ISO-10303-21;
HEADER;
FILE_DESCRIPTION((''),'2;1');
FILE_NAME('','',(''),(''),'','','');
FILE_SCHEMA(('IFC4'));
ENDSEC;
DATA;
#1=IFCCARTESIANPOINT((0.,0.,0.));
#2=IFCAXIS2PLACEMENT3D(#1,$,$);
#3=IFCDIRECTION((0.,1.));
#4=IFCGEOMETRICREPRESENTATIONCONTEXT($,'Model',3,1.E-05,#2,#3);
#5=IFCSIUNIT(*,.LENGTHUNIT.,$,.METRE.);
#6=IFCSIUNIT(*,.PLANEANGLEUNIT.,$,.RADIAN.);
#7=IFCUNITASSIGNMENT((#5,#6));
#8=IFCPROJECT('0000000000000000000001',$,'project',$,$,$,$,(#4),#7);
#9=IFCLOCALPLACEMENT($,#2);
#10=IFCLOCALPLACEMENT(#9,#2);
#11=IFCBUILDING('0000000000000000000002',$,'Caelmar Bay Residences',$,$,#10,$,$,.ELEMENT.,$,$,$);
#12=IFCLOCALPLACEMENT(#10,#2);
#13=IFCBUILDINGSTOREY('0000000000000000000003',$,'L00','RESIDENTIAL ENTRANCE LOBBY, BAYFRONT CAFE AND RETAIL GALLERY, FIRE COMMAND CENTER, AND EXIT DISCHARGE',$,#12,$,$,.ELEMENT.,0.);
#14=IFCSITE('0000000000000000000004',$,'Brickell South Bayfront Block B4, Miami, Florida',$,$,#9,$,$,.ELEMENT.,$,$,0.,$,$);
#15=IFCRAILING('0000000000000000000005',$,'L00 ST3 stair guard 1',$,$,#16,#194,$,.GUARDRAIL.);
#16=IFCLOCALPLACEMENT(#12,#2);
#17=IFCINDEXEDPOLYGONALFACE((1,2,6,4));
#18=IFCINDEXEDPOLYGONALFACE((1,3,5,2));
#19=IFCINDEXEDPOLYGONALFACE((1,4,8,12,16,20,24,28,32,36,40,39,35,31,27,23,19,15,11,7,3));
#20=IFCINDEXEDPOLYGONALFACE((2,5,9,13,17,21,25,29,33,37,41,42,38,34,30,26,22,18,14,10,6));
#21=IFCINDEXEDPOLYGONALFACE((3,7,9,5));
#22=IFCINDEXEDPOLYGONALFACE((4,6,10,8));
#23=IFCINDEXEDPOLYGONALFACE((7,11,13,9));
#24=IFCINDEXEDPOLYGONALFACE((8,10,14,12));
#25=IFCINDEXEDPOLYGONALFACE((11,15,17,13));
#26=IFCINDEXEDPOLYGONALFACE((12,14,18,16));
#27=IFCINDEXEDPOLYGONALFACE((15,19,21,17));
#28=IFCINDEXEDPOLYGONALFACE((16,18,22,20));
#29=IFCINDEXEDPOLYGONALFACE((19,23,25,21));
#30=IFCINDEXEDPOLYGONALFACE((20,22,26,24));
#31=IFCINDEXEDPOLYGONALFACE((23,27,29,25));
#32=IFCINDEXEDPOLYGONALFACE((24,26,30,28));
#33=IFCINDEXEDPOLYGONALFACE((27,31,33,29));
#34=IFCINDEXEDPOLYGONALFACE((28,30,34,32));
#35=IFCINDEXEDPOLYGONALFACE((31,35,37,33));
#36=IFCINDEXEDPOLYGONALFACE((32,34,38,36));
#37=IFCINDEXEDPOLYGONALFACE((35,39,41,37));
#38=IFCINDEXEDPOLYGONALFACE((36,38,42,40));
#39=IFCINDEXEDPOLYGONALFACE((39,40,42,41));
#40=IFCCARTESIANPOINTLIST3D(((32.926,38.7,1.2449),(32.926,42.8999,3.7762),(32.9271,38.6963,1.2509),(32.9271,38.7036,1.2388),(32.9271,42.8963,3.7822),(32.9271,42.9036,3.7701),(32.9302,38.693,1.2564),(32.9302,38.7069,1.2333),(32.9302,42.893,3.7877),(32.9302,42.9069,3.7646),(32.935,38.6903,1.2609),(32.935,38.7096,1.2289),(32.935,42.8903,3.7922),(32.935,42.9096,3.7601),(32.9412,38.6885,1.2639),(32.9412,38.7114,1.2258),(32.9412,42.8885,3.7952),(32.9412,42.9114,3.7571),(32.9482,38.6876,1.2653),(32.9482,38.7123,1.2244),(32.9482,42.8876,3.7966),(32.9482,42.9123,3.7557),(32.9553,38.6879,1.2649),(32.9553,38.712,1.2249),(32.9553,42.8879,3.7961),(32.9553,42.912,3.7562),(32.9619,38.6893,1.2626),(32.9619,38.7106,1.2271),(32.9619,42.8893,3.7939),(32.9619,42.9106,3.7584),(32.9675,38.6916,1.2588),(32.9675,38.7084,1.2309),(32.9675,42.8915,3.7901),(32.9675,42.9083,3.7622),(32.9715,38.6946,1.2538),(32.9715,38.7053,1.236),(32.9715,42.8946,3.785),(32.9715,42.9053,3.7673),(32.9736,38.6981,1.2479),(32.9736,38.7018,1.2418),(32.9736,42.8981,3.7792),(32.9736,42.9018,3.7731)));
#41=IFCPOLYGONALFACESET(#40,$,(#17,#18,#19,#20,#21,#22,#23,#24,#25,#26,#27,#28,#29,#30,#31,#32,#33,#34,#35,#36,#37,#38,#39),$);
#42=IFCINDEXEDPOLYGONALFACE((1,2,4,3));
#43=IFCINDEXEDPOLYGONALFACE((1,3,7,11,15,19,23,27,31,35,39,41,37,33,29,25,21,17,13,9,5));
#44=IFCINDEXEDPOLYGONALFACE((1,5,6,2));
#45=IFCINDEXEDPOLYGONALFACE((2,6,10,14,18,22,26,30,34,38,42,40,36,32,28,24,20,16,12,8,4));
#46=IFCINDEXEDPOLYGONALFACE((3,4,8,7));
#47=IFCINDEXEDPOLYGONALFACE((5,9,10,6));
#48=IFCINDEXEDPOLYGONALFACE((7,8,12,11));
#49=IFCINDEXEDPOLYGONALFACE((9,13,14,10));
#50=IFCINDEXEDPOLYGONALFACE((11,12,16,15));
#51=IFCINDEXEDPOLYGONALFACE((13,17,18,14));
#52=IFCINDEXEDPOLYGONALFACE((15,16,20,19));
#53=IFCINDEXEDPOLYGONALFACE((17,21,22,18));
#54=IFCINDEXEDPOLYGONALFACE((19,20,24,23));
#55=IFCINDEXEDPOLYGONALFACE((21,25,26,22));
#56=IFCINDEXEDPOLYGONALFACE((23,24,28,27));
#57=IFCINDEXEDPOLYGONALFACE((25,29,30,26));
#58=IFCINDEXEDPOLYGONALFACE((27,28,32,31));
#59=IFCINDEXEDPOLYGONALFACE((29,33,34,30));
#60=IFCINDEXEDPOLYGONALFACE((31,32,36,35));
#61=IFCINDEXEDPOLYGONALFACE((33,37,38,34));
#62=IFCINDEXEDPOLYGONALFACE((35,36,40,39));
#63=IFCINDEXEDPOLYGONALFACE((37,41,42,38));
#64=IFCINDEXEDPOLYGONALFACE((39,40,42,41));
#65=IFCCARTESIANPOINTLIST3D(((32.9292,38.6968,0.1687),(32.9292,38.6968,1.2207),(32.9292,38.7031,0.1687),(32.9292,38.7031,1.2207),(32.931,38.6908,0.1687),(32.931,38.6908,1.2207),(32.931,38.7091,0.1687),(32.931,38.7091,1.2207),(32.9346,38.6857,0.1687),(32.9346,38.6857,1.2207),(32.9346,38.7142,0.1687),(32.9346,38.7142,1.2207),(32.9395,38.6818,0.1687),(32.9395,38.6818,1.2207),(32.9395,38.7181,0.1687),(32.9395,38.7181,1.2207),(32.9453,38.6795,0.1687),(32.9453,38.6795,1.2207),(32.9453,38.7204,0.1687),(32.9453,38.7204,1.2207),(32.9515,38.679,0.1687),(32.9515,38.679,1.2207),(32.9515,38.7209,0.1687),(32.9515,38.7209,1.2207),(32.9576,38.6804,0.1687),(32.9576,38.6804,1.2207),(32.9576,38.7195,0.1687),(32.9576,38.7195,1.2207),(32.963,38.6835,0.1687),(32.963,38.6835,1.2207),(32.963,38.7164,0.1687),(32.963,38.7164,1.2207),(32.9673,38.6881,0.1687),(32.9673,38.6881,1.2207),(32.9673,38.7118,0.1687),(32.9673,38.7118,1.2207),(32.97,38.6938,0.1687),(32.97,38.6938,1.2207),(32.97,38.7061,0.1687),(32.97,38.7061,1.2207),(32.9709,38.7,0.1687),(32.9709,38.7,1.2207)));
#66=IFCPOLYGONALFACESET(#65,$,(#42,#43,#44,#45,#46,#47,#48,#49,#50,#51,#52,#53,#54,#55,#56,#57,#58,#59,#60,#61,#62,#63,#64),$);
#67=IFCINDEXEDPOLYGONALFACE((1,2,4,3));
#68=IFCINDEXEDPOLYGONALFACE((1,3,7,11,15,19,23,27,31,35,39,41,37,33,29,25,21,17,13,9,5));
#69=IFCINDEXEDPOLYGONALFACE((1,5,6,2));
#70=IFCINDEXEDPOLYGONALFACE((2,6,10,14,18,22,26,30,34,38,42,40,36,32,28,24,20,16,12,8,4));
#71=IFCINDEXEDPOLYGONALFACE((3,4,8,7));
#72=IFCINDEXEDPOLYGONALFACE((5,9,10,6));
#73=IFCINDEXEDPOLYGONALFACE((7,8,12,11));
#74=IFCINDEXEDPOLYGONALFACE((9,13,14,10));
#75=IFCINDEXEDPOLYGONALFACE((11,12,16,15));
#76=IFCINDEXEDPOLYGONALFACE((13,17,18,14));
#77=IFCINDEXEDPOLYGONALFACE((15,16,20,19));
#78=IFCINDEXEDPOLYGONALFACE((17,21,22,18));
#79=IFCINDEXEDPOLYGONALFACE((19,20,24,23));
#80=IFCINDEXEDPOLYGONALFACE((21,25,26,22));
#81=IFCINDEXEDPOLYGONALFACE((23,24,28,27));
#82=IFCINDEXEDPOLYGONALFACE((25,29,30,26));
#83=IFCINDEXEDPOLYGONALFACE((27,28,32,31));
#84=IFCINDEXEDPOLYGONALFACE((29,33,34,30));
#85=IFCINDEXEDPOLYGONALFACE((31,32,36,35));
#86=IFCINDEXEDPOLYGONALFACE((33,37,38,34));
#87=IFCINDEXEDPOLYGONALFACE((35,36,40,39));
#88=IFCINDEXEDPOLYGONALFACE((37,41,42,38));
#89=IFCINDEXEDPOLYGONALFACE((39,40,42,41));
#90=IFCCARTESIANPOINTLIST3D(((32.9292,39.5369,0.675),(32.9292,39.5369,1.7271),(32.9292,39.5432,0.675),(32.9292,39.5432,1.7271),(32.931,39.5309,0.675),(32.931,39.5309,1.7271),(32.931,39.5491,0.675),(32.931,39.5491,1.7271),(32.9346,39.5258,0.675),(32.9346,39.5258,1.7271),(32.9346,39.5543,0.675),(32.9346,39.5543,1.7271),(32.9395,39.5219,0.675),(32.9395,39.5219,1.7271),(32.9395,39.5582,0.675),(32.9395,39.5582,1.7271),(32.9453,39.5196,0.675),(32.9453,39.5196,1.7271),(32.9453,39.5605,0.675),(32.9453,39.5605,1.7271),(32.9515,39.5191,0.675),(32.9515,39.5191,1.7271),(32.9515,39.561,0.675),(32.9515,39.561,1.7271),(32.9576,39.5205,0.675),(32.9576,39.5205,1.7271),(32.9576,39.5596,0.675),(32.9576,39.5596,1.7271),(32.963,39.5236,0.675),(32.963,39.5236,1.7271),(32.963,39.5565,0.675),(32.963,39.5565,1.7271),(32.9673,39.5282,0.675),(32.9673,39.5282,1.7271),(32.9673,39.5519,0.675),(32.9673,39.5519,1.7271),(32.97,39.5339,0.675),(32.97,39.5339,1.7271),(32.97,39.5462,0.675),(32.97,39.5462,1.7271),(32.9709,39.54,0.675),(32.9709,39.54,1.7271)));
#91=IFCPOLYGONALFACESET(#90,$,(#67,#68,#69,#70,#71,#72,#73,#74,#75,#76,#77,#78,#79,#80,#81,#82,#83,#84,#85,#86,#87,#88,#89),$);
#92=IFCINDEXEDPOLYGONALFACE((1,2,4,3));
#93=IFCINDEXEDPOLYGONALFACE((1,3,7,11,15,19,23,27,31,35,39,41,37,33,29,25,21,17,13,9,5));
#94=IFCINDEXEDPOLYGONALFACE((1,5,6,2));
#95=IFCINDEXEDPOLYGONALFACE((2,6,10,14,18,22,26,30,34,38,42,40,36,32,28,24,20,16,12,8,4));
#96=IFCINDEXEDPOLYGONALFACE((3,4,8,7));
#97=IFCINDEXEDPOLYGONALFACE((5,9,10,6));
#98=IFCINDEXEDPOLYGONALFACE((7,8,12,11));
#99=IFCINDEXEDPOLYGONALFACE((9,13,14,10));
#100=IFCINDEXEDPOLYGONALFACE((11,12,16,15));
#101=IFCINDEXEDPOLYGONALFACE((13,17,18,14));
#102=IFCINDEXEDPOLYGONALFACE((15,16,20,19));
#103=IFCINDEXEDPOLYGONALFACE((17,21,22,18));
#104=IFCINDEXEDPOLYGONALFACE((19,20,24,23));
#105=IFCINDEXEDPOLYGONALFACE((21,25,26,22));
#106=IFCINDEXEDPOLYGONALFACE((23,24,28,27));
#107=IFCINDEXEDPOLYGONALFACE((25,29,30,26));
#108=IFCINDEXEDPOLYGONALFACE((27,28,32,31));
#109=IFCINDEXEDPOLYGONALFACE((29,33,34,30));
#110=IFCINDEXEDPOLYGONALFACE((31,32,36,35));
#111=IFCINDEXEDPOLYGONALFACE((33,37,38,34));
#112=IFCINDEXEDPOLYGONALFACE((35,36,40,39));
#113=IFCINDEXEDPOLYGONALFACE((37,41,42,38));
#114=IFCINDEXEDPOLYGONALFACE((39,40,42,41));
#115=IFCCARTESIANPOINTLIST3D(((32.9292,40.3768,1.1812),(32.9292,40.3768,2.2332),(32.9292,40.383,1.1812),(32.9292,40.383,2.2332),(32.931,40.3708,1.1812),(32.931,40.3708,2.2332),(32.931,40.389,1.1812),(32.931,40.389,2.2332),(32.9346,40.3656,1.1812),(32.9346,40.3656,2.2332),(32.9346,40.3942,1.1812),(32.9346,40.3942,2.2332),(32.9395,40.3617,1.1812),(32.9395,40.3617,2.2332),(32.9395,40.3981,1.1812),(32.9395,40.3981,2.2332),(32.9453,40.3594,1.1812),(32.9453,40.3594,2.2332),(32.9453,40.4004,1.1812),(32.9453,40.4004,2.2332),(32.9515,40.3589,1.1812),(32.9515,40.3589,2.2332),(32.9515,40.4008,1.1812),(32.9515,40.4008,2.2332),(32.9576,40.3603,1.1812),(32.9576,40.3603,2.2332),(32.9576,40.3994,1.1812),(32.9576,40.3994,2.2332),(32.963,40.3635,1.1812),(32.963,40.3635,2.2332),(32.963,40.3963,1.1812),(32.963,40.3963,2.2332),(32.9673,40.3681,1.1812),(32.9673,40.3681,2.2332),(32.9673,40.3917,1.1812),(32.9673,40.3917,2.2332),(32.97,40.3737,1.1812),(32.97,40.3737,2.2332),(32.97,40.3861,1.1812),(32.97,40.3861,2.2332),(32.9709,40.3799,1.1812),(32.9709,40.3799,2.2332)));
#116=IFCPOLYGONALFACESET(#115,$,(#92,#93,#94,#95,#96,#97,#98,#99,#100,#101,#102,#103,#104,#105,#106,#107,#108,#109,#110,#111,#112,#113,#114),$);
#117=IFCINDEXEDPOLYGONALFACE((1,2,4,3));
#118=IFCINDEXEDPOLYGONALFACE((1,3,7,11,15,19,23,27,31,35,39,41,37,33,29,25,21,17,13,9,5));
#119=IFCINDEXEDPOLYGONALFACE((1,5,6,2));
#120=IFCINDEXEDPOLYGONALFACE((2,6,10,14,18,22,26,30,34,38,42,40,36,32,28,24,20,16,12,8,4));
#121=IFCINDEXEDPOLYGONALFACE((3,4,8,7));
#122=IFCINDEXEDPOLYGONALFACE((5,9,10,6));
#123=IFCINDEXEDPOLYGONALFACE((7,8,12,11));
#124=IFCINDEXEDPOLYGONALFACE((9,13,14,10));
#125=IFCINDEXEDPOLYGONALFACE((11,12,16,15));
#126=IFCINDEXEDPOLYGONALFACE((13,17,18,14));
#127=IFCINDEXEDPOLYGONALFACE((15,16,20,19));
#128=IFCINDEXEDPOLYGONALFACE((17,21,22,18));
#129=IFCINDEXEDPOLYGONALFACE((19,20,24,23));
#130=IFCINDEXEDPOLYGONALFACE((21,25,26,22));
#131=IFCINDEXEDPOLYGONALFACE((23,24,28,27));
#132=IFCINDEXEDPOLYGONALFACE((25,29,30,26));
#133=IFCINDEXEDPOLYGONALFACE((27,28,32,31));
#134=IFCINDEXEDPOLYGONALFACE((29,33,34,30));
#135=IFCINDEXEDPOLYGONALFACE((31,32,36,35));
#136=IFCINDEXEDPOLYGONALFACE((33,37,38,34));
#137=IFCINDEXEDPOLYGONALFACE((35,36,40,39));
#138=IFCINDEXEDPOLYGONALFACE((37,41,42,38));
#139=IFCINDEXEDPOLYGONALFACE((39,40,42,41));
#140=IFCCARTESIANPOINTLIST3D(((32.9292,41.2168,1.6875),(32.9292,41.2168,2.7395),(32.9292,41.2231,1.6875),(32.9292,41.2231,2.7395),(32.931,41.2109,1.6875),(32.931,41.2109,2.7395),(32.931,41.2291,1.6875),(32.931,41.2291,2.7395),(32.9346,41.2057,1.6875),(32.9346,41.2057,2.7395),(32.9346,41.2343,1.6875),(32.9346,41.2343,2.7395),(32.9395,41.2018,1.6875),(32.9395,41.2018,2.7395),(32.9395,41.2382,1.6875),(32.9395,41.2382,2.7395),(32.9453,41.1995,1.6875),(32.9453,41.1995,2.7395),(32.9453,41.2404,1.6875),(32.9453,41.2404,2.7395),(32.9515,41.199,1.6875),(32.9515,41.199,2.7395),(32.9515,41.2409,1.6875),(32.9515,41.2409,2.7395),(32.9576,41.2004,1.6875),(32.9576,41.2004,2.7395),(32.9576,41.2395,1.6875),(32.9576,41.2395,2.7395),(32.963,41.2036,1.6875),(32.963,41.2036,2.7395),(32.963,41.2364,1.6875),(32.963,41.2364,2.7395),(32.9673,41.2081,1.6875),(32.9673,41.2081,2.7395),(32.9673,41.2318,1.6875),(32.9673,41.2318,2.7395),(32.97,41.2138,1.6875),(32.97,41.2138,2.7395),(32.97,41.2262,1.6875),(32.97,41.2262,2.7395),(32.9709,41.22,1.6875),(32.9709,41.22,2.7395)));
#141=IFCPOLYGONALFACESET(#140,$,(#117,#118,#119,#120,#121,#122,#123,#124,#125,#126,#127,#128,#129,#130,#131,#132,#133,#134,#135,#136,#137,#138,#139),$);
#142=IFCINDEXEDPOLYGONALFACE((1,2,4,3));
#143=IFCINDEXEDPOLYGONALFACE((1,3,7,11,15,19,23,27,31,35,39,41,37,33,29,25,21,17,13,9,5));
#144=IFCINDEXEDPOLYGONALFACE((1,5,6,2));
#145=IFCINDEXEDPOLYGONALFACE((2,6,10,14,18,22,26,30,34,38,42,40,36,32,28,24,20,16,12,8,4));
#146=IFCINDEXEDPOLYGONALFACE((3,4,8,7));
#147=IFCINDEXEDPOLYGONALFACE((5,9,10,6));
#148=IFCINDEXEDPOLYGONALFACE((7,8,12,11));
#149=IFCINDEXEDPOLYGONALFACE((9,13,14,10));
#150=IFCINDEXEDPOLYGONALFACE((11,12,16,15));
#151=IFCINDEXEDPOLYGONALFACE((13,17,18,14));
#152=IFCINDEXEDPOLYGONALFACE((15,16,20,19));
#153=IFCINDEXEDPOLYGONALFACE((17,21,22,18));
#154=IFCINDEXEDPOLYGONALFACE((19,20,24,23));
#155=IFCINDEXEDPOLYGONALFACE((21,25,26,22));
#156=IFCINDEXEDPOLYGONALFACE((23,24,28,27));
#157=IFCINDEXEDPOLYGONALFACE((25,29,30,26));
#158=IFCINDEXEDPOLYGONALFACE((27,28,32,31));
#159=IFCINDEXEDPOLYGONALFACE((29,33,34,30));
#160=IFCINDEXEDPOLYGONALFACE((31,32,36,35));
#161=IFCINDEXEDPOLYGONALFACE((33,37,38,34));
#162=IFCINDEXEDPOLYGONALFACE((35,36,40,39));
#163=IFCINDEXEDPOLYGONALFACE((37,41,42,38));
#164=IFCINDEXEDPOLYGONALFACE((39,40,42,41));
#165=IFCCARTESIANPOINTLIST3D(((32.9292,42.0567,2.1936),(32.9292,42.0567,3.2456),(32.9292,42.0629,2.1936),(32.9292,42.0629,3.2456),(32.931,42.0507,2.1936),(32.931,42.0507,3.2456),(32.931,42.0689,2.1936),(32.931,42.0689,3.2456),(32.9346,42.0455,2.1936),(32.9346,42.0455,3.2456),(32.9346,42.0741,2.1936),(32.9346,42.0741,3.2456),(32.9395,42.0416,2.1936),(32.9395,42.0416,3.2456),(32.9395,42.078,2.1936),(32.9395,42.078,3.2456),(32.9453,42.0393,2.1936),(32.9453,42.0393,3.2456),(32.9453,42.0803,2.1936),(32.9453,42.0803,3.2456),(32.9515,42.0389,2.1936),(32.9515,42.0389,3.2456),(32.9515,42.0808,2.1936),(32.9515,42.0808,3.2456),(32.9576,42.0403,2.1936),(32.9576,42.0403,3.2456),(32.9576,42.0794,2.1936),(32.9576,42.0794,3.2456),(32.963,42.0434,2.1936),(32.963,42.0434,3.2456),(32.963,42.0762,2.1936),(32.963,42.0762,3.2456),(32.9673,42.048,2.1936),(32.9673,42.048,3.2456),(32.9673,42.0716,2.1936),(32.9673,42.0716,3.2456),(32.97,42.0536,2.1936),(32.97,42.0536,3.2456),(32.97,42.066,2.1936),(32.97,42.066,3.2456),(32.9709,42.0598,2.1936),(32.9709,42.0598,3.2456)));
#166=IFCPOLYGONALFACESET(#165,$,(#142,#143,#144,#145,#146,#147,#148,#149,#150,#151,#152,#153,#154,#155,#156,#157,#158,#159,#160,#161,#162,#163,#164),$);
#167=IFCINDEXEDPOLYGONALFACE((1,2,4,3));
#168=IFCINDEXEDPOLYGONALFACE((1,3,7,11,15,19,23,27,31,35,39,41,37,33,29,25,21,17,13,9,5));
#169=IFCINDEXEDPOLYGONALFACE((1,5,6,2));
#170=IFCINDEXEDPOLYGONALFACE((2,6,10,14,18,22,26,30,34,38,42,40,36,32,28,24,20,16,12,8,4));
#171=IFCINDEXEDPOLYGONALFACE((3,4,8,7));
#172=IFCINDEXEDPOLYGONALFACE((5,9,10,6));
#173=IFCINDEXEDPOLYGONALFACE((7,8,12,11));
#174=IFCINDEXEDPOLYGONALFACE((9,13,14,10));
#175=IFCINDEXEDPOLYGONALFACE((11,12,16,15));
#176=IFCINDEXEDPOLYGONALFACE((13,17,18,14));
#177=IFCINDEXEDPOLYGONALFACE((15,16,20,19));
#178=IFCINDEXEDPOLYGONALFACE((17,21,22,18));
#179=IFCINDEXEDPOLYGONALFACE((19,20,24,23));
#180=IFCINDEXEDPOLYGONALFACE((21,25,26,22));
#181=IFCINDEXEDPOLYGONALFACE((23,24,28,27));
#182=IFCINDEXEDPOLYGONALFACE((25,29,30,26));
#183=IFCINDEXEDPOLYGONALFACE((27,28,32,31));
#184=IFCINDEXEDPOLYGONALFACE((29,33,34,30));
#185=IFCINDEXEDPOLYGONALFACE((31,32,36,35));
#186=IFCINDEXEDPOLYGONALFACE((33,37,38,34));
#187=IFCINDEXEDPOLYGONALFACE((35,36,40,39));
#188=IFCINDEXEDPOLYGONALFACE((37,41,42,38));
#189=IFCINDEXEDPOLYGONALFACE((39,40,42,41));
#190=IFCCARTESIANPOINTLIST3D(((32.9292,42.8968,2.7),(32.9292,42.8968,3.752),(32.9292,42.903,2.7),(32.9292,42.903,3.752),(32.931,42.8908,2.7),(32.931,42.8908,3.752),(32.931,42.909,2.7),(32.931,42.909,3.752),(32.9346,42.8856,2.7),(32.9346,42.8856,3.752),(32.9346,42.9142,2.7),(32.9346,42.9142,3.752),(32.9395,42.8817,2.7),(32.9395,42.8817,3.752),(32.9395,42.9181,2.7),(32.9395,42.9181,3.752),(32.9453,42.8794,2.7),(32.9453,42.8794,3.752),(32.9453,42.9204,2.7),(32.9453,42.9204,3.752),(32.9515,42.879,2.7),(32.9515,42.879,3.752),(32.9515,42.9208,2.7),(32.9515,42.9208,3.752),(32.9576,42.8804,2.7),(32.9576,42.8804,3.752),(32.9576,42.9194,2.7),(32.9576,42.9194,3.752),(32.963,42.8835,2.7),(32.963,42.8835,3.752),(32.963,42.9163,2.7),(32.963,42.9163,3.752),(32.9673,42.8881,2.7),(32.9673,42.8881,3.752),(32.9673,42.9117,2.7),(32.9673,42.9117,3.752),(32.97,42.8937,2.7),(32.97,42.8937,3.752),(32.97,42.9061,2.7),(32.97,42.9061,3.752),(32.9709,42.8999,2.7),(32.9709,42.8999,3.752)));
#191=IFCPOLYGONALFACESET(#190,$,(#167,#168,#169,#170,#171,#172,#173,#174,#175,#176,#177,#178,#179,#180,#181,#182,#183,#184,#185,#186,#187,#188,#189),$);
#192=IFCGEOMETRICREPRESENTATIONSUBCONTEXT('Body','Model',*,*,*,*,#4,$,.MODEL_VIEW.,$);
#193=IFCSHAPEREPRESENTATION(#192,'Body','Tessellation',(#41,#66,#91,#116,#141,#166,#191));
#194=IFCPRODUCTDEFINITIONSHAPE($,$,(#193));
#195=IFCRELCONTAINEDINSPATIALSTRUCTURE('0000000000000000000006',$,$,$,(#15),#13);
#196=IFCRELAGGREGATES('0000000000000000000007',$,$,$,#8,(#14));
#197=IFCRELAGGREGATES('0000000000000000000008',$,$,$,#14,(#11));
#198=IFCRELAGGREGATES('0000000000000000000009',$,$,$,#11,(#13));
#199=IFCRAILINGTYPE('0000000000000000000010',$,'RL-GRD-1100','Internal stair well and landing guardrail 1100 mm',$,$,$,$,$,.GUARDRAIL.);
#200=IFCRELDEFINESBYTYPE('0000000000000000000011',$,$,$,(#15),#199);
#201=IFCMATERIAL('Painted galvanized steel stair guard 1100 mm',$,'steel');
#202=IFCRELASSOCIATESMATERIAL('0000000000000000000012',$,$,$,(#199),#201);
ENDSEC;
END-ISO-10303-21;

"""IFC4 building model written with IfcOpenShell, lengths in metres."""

from ifc_helpers import new_model, si_unit, direction, frame, origin, origin_2d, place, context, subcontext, project, spatial, circle, extrude, material, type_object, element, save


model = new_model("IFC4")

# Units and contexts
model_context = context("Model", 3, precision=1e-05, world=origin(), true_north=direction((0.0, 1.0)))
body_context = subcontext(model_context, "Body", "Model", "MODEL_VIEW")
ifc_project = project(units=[si_unit("LENGTHUNIT", "METRE"), si_unit("PLANEANGLEUNIT", "RADIAN")], contexts=[model_context])

# Site, building, storey
site_placement = place(None, origin())
site = spatial("IfcSite", under=ifc_project, at=site_placement, Name="Brickell South Bayfront Block B4, Miami, Florida", CompositionType="ELEMENT", RefElevation=0.0)
building_placement = place(site_placement, origin())
building = spatial("IfcBuilding", under=site, at=building_placement, Name="Caelmar Bay Residences", CompositionType="ELEMENT")
storey_placement = place(building_placement, origin())
storey = spatial("IfcBuildingStorey", under=building, at=storey_placement, Name="L00", Description="RESIDENTIAL ENTRANCE LOBBY, BAYFRONT CAFE AND RETAIL GALLERY, FIRE COMMAND CENTER, AND EXIT DISCHARGE", CompositionType="ELEMENT", Elevation=0.0)

# Railing
ifc_material_1 = material(Name="Painted galvanized steel stair guard 1100 mm", Category="steel")
railing_type_1 = type_object("IfcRailingType", Name="RL-GRD-1100", Description="Internal stair well and landing guardrail 1100 mm", PredefinedType="GUARDRAIL", material=ifc_material_1)
railing_1_placement = place(storey_placement, frame((32.95, 38.7, 0.1687)))
element("IfcRailing", 1, at=railing_1_placement, inside=storey, type_object=railing_type_1, Name="L00 ST3 stair guard 1", PredefinedType="GUARDRAIL", context=body_context, shape_type="SweptSolid", body=[
    extrude(circle(Radius=0.0239, at=origin_2d()), frame((0.0, 0.0, 1.0762), z_axis=(0.0, 0.856476, 0.516186), x_axis=(-1.0, 0.0, 0.0)), (0.0, 0.0, 1.0), 4.9038),
    extrude(circle(Radius=0.021, at=origin_2d()), origin(), (0.0, 0.0, 1.0), 1.052),
    extrude(circle(Radius=0.021, at=origin_2d()), frame((0.0, 0.8401, 0.5063)), (0.0, 0.0, 1.0), 1.052),
    extrude(circle(Radius=0.021, at=origin_2d()), frame((0.0, 1.6799, 1.0125)), (0.0, 0.0, 1.0), 1.052),
    extrude(circle(Radius=0.021, at=origin_2d()), frame((0.0, 2.52, 1.5188)), (0.0, 0.0, 1.0), 1.052),
    extrude(circle(Radius=0.021, at=origin_2d()), frame((0.0, 3.3599, 2.0249)), (0.0, 0.0, 1.0), 1.052),
    extrude(circle(Radius=0.021, at=origin_2d()), frame((0.0, 4.2, 2.5312)), (0.0, 0.0, 1.0), 1.052),
])

save(model, "model.ifc")
